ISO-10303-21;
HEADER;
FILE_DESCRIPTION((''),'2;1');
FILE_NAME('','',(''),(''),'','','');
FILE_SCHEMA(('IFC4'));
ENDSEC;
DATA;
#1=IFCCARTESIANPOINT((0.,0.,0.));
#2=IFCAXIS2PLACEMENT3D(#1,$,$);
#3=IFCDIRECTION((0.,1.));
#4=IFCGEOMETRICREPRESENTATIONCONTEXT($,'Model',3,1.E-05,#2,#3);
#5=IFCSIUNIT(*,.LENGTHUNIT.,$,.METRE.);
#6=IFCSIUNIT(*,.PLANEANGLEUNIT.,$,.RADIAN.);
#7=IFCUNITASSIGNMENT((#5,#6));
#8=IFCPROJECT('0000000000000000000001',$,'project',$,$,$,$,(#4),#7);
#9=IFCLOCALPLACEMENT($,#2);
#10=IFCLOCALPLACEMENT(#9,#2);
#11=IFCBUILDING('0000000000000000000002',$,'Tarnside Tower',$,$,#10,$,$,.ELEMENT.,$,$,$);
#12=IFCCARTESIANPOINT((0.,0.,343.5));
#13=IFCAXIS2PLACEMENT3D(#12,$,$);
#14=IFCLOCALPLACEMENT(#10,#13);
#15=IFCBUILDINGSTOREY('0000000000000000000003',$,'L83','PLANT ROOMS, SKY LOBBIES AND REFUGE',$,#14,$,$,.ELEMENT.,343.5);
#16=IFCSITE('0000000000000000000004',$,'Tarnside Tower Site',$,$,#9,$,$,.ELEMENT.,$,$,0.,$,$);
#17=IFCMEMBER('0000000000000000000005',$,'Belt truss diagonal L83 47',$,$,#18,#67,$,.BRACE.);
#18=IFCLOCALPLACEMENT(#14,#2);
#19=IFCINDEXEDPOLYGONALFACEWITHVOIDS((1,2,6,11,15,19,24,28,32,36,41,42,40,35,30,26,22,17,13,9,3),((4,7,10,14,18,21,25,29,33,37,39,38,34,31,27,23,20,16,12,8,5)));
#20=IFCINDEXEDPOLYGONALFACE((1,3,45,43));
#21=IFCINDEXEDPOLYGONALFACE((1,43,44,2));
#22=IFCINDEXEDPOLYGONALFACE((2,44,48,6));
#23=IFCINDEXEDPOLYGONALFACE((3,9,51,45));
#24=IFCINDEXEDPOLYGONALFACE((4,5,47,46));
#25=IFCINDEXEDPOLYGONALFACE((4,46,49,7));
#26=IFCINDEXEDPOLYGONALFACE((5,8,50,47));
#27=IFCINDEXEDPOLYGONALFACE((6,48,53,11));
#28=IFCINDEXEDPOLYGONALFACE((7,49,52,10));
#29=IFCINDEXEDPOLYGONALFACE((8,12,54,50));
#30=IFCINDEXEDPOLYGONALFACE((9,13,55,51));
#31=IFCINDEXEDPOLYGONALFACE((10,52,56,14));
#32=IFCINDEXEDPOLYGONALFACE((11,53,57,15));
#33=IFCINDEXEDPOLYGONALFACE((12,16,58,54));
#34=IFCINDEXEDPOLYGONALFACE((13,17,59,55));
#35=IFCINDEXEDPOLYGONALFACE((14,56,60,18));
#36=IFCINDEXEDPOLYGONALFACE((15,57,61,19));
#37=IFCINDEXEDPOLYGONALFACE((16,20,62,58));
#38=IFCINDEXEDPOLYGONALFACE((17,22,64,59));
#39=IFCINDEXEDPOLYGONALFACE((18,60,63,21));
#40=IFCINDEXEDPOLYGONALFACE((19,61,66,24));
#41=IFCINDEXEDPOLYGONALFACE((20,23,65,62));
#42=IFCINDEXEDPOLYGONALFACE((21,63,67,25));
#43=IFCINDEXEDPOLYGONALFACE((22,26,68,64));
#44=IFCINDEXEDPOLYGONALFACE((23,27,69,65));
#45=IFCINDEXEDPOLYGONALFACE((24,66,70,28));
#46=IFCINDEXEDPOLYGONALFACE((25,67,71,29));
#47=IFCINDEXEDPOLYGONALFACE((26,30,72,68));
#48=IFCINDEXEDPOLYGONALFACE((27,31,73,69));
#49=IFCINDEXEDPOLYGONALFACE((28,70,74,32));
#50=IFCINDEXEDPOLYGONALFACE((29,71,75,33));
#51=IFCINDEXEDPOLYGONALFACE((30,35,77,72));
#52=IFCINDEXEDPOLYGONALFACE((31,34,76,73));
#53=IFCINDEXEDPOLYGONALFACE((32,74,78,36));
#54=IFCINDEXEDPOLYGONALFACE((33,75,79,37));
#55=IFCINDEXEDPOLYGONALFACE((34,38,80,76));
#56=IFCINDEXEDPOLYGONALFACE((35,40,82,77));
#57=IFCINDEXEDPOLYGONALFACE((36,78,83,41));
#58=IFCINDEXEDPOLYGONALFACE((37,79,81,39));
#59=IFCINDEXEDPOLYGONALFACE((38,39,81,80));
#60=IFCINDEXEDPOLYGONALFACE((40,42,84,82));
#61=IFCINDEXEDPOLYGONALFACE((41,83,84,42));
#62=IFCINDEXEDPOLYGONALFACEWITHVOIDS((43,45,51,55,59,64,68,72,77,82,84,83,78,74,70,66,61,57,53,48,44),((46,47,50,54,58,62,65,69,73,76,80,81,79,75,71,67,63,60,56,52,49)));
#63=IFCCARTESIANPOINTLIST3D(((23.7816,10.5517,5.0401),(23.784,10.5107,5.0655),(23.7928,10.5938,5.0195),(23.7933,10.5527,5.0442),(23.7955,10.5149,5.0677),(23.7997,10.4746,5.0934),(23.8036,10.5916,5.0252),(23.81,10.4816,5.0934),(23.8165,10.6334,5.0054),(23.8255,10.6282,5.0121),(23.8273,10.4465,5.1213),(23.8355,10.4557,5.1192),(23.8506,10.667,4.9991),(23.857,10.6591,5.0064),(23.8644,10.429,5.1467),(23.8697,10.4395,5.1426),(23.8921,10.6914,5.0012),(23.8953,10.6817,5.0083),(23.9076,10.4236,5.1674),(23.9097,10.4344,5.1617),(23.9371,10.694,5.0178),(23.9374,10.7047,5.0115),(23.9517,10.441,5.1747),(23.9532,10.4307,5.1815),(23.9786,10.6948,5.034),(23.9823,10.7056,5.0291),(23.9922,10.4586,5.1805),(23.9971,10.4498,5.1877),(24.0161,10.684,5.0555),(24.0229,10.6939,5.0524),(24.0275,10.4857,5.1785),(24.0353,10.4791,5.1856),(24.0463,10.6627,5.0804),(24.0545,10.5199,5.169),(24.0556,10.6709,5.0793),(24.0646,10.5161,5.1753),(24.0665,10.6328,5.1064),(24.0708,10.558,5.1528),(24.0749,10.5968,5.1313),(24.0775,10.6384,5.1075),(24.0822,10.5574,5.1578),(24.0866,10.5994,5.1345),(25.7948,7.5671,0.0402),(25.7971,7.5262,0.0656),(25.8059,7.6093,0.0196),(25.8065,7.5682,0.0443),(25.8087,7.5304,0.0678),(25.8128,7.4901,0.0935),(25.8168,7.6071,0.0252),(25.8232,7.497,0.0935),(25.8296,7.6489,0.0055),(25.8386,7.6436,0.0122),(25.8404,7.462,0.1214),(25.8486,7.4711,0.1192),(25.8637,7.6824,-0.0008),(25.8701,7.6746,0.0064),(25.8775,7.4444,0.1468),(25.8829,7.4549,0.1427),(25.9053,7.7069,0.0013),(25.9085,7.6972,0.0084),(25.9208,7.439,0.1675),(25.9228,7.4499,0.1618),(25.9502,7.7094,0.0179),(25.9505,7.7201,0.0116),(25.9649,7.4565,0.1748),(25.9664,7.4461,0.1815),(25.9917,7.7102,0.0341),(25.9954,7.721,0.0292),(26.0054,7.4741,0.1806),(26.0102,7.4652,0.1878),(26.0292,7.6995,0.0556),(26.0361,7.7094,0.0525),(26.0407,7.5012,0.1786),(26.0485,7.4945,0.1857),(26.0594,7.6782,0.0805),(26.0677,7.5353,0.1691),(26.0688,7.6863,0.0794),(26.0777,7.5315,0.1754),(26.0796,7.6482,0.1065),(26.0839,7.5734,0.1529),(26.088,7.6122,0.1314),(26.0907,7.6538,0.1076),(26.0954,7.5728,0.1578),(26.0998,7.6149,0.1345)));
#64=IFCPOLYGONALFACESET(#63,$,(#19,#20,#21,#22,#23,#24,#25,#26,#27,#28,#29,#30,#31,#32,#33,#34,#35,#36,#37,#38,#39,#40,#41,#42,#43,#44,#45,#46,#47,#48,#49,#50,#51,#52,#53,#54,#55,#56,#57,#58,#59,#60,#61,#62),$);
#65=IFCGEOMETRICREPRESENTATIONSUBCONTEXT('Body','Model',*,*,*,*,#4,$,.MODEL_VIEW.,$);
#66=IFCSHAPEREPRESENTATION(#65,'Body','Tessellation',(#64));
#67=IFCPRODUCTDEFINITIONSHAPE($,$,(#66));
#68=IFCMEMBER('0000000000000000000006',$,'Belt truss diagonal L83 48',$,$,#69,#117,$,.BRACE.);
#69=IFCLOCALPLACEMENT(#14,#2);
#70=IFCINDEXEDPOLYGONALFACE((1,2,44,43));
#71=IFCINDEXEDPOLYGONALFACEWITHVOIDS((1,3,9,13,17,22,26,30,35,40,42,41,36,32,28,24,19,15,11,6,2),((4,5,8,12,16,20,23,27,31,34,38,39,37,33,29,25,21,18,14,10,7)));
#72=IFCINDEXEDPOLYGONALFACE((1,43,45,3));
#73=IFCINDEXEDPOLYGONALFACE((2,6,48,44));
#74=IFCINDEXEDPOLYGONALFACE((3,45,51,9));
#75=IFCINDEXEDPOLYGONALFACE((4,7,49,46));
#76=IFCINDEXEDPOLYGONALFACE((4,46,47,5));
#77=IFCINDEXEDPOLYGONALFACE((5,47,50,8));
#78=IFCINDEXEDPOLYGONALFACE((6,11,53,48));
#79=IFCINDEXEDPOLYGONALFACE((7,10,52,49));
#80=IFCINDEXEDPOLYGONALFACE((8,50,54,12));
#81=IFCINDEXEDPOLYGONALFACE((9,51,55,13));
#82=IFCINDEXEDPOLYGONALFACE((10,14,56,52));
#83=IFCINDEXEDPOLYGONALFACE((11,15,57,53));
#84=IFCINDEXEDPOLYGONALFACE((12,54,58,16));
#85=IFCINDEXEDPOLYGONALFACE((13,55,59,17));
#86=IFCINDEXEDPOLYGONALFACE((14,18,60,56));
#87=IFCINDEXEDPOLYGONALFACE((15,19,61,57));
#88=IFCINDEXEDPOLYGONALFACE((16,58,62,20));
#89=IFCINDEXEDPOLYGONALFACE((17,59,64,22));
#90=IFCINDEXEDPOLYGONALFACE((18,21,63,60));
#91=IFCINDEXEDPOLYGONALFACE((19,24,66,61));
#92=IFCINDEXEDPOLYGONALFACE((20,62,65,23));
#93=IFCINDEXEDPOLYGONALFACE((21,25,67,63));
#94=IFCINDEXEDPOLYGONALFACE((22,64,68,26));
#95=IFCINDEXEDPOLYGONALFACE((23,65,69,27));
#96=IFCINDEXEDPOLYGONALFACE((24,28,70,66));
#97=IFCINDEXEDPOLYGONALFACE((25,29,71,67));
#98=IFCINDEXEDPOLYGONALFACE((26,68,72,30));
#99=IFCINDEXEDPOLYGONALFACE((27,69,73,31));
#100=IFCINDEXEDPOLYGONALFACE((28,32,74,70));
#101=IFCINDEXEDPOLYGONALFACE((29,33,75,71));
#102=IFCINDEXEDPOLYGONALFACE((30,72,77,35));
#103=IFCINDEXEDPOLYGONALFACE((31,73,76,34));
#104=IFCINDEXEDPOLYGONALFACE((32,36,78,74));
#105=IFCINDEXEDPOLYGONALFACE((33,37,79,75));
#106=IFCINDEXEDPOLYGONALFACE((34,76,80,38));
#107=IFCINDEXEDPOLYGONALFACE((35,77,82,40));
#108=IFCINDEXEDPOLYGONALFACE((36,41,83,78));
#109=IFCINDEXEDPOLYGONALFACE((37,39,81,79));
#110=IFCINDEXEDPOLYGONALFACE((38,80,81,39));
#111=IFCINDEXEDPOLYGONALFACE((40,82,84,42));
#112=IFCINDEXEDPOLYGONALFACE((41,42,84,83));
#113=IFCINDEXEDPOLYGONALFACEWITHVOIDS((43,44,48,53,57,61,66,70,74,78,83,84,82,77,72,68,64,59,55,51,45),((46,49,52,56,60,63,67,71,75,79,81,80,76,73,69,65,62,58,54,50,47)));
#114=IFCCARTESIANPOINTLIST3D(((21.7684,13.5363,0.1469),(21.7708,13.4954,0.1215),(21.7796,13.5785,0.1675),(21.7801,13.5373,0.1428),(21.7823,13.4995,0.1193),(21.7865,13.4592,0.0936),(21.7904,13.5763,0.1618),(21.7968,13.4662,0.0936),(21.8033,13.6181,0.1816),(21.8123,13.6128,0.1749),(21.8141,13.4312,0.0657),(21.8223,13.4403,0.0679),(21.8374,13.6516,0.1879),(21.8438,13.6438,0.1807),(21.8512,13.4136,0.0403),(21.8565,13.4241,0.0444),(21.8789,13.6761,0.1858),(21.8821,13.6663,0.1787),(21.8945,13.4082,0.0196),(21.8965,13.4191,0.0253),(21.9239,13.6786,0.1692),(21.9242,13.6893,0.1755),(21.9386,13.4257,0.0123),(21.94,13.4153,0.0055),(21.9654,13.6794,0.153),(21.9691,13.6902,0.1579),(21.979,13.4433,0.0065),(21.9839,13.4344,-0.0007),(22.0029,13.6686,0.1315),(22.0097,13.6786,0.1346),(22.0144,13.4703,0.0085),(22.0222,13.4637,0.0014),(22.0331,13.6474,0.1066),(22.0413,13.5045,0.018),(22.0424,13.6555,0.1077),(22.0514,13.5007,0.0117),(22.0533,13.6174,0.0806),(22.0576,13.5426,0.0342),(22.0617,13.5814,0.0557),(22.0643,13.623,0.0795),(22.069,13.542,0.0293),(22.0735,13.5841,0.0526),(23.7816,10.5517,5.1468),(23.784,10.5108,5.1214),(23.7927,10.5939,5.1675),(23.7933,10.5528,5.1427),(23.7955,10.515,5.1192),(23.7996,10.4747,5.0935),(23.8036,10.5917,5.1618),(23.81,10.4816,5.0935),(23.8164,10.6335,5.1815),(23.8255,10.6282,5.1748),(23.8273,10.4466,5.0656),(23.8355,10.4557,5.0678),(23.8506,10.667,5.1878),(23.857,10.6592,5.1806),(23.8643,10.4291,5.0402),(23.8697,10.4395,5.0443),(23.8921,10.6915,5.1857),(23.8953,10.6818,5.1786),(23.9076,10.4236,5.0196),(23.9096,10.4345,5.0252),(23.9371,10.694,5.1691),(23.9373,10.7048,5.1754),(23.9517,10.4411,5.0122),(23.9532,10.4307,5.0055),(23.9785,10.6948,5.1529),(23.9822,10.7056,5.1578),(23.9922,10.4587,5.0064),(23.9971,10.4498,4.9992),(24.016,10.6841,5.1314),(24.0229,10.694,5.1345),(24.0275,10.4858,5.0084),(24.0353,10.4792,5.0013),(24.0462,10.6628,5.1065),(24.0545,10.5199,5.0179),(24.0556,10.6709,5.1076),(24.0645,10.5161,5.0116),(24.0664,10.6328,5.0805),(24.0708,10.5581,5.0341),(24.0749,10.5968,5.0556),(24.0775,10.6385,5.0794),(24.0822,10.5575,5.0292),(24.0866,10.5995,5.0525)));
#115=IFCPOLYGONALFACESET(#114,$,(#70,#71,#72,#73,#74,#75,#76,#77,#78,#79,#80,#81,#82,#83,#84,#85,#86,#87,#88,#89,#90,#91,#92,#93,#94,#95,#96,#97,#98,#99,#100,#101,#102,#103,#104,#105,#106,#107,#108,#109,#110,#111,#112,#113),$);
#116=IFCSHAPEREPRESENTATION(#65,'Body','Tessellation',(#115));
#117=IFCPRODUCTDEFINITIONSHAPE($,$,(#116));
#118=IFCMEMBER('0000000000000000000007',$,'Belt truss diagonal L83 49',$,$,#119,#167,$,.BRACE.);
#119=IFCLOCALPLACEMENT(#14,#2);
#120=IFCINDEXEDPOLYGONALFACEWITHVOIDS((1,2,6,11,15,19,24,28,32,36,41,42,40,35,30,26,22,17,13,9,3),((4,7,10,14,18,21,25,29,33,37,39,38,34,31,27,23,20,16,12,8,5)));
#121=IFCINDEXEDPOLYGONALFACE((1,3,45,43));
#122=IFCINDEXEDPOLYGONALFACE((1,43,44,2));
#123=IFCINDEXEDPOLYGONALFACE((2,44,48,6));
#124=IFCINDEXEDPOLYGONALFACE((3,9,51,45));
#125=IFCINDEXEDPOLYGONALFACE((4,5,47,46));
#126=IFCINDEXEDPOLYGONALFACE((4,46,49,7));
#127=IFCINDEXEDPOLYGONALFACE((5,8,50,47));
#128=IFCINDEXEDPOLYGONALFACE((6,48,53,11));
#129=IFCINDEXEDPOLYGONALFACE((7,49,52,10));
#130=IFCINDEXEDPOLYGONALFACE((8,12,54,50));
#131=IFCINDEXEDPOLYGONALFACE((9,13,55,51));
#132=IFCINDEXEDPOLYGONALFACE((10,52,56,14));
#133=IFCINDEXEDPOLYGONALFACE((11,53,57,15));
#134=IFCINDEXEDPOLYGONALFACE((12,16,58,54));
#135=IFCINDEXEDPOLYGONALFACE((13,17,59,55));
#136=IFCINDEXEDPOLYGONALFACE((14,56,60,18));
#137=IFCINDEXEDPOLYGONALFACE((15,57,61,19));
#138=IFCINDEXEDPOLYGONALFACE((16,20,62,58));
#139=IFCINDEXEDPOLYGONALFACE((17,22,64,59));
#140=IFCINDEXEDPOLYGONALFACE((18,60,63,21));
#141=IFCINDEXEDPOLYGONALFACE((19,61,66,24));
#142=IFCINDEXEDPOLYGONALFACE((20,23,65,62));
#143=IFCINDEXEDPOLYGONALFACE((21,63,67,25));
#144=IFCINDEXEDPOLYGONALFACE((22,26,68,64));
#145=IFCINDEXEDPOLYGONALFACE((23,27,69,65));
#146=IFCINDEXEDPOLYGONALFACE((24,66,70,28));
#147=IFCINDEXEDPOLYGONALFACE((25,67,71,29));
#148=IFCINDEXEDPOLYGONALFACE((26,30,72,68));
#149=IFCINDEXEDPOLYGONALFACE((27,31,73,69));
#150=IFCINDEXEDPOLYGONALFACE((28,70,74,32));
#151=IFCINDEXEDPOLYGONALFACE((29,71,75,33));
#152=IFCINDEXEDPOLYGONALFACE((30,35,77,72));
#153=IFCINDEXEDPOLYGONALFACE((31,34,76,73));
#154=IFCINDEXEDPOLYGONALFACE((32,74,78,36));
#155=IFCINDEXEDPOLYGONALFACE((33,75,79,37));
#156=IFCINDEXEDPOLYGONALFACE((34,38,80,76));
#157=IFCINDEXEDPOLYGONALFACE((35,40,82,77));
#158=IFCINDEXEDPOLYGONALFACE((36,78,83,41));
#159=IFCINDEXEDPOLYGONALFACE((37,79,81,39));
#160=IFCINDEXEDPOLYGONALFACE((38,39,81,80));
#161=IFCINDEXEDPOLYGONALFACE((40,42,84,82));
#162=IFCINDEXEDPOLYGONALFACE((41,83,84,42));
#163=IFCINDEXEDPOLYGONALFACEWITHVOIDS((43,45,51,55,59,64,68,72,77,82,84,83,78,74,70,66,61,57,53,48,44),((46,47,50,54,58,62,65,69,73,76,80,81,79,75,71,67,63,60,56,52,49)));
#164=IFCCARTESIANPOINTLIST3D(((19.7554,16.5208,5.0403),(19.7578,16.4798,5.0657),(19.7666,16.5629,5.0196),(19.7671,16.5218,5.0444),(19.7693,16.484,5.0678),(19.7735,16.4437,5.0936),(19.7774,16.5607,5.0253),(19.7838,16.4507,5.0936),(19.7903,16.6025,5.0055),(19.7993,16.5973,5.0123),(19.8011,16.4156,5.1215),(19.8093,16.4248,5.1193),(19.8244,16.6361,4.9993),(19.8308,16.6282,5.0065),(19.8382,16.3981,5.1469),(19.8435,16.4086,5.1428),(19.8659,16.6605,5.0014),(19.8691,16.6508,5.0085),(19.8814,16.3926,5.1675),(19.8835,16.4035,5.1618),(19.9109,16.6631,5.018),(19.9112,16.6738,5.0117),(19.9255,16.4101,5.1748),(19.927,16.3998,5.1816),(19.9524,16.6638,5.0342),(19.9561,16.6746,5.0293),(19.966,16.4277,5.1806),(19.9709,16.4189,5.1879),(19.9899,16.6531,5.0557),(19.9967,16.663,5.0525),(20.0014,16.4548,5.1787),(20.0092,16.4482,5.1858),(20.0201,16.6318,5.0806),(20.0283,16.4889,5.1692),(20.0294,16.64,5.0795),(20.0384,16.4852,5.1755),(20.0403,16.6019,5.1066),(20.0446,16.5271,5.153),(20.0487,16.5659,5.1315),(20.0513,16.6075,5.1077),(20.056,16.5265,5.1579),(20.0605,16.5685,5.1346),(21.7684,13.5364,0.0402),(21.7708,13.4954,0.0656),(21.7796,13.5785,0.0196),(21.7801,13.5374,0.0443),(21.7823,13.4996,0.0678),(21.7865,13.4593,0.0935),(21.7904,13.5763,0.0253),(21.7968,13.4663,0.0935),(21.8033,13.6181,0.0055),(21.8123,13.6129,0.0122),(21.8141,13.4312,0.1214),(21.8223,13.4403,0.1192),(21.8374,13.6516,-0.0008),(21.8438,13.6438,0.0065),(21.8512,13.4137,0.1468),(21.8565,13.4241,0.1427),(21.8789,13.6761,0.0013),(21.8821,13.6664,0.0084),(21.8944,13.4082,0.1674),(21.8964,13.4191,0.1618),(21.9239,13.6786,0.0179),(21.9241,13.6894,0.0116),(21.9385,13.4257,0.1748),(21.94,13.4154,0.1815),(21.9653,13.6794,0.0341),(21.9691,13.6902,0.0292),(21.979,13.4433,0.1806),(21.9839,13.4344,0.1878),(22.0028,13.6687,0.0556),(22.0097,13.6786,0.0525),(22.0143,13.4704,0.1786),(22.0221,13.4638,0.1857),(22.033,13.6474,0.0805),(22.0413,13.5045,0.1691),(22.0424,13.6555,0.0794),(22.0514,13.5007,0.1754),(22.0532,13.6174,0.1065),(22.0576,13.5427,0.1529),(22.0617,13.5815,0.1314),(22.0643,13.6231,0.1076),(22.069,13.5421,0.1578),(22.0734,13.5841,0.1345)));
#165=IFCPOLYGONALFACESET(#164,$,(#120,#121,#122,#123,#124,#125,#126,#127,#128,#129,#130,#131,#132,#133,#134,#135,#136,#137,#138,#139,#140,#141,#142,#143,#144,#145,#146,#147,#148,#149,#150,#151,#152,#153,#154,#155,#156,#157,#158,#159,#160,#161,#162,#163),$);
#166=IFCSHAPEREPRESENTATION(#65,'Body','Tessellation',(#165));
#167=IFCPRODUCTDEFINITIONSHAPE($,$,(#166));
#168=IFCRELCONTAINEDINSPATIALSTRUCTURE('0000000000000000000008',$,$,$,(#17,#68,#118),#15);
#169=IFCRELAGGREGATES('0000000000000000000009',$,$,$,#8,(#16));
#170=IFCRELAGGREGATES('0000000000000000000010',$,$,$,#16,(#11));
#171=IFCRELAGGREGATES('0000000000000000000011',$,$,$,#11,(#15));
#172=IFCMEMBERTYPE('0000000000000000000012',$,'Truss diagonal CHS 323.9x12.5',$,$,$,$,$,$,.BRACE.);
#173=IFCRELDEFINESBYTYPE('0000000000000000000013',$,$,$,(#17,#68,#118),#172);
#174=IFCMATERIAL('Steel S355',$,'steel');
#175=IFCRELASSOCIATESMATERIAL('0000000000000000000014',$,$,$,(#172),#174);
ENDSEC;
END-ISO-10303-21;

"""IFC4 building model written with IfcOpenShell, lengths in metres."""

from ifc_helpers import new_model, si_unit, direction, frame, origin, origin_2d, place, context, subcontext, project, spatial, hollow_circle, extrude, material, material_profile, profile_set, type_object, element, save


model = new_model("IFC4")

# Units and contexts
model_context = context("Model", 3, precision=1e-05, world=origin(), true_north=direction((0.0, 1.0)))
body_context = subcontext(model_context, "Body", "Model", "MODEL_VIEW")
ifc_project = project(units=[si_unit("LENGTHUNIT", "METRE"), si_unit("PLANEANGLEUNIT", "RADIAN")], contexts=[model_context])

# Site, building, storey
site_placement = place(None, origin())
site = spatial("IfcSite", under=ifc_project, at=site_placement, Name="Tarnside Tower Site", CompositionType="ELEMENT", RefElevation=0.0)
building_placement = place(site_placement, origin())
building = spatial("IfcBuilding", under=site, at=building_placement, Name="Tarnside Tower", CompositionType="ELEMENT")
storey_placement = place(building_placement, frame((0.0, 0.0, 343.5)))
storey = spatial("IfcBuildingStorey", under=building, at=storey_placement, Name="L83", Description="PLANT ROOMS, SKY LOBBIES AND REFUGE", CompositionType="ELEMENT", Elevation=343.5)

# Shared definitions
ifc_material_1 = material(Name="Steel S355", Category="steel")

# Members
ifc_material_profile_1 = material_profile(ifc_material_1, hollow_circle(Radius=0.1619, WallThickness=0.0125, at=origin_2d()), Name="CHS 323.9x12.5")
ifc_profile_set_1 = profile_set([ifc_material_profile_1], Name="Steel S355")
member_type_1 = type_object("IfcMemberType", Name="Truss diagonal CHS 323.9x12.5", PredefinedType="BRACE", material=ifc_profile_set_1)
for number, where, z_axis, x_axis, name in (
    (1, (25.947, 7.5806, 0.0935), (-0.32675, 0.484419, 0.811525), (-0.829033, -0.559199, 0.0), "Belt truss diagonal L83 47"),
    (2, (23.9338, 10.5652, 5.0935), (-0.32675, 0.484419, -0.811525), (-0.829033, -0.559199, 0.0), "Belt truss diagonal L83 48"),
    (3, (21.9207, 13.5498, 0.0935), (-0.326721, 0.484395, 0.811551), (-0.829044, -0.559184, 0.0), "Belt truss diagonal L83 49"),
):
    element("IfcMember", number, at=place(storey_placement, frame(where, z_axis=z_axis, x_axis=x_axis)), inside=storey, type_object=member_type_1, Name=name, PredefinedType="BRACE", context=body_context, shape_type="SweptSolid", body=[
        extrude(hollow_circle(Radius=0.1619, WallThickness=0.0125, at=origin_2d()), origin(), (0.0, 0.0, 1.0), 6.1611),
    ])

save(model, "model.ifc")
